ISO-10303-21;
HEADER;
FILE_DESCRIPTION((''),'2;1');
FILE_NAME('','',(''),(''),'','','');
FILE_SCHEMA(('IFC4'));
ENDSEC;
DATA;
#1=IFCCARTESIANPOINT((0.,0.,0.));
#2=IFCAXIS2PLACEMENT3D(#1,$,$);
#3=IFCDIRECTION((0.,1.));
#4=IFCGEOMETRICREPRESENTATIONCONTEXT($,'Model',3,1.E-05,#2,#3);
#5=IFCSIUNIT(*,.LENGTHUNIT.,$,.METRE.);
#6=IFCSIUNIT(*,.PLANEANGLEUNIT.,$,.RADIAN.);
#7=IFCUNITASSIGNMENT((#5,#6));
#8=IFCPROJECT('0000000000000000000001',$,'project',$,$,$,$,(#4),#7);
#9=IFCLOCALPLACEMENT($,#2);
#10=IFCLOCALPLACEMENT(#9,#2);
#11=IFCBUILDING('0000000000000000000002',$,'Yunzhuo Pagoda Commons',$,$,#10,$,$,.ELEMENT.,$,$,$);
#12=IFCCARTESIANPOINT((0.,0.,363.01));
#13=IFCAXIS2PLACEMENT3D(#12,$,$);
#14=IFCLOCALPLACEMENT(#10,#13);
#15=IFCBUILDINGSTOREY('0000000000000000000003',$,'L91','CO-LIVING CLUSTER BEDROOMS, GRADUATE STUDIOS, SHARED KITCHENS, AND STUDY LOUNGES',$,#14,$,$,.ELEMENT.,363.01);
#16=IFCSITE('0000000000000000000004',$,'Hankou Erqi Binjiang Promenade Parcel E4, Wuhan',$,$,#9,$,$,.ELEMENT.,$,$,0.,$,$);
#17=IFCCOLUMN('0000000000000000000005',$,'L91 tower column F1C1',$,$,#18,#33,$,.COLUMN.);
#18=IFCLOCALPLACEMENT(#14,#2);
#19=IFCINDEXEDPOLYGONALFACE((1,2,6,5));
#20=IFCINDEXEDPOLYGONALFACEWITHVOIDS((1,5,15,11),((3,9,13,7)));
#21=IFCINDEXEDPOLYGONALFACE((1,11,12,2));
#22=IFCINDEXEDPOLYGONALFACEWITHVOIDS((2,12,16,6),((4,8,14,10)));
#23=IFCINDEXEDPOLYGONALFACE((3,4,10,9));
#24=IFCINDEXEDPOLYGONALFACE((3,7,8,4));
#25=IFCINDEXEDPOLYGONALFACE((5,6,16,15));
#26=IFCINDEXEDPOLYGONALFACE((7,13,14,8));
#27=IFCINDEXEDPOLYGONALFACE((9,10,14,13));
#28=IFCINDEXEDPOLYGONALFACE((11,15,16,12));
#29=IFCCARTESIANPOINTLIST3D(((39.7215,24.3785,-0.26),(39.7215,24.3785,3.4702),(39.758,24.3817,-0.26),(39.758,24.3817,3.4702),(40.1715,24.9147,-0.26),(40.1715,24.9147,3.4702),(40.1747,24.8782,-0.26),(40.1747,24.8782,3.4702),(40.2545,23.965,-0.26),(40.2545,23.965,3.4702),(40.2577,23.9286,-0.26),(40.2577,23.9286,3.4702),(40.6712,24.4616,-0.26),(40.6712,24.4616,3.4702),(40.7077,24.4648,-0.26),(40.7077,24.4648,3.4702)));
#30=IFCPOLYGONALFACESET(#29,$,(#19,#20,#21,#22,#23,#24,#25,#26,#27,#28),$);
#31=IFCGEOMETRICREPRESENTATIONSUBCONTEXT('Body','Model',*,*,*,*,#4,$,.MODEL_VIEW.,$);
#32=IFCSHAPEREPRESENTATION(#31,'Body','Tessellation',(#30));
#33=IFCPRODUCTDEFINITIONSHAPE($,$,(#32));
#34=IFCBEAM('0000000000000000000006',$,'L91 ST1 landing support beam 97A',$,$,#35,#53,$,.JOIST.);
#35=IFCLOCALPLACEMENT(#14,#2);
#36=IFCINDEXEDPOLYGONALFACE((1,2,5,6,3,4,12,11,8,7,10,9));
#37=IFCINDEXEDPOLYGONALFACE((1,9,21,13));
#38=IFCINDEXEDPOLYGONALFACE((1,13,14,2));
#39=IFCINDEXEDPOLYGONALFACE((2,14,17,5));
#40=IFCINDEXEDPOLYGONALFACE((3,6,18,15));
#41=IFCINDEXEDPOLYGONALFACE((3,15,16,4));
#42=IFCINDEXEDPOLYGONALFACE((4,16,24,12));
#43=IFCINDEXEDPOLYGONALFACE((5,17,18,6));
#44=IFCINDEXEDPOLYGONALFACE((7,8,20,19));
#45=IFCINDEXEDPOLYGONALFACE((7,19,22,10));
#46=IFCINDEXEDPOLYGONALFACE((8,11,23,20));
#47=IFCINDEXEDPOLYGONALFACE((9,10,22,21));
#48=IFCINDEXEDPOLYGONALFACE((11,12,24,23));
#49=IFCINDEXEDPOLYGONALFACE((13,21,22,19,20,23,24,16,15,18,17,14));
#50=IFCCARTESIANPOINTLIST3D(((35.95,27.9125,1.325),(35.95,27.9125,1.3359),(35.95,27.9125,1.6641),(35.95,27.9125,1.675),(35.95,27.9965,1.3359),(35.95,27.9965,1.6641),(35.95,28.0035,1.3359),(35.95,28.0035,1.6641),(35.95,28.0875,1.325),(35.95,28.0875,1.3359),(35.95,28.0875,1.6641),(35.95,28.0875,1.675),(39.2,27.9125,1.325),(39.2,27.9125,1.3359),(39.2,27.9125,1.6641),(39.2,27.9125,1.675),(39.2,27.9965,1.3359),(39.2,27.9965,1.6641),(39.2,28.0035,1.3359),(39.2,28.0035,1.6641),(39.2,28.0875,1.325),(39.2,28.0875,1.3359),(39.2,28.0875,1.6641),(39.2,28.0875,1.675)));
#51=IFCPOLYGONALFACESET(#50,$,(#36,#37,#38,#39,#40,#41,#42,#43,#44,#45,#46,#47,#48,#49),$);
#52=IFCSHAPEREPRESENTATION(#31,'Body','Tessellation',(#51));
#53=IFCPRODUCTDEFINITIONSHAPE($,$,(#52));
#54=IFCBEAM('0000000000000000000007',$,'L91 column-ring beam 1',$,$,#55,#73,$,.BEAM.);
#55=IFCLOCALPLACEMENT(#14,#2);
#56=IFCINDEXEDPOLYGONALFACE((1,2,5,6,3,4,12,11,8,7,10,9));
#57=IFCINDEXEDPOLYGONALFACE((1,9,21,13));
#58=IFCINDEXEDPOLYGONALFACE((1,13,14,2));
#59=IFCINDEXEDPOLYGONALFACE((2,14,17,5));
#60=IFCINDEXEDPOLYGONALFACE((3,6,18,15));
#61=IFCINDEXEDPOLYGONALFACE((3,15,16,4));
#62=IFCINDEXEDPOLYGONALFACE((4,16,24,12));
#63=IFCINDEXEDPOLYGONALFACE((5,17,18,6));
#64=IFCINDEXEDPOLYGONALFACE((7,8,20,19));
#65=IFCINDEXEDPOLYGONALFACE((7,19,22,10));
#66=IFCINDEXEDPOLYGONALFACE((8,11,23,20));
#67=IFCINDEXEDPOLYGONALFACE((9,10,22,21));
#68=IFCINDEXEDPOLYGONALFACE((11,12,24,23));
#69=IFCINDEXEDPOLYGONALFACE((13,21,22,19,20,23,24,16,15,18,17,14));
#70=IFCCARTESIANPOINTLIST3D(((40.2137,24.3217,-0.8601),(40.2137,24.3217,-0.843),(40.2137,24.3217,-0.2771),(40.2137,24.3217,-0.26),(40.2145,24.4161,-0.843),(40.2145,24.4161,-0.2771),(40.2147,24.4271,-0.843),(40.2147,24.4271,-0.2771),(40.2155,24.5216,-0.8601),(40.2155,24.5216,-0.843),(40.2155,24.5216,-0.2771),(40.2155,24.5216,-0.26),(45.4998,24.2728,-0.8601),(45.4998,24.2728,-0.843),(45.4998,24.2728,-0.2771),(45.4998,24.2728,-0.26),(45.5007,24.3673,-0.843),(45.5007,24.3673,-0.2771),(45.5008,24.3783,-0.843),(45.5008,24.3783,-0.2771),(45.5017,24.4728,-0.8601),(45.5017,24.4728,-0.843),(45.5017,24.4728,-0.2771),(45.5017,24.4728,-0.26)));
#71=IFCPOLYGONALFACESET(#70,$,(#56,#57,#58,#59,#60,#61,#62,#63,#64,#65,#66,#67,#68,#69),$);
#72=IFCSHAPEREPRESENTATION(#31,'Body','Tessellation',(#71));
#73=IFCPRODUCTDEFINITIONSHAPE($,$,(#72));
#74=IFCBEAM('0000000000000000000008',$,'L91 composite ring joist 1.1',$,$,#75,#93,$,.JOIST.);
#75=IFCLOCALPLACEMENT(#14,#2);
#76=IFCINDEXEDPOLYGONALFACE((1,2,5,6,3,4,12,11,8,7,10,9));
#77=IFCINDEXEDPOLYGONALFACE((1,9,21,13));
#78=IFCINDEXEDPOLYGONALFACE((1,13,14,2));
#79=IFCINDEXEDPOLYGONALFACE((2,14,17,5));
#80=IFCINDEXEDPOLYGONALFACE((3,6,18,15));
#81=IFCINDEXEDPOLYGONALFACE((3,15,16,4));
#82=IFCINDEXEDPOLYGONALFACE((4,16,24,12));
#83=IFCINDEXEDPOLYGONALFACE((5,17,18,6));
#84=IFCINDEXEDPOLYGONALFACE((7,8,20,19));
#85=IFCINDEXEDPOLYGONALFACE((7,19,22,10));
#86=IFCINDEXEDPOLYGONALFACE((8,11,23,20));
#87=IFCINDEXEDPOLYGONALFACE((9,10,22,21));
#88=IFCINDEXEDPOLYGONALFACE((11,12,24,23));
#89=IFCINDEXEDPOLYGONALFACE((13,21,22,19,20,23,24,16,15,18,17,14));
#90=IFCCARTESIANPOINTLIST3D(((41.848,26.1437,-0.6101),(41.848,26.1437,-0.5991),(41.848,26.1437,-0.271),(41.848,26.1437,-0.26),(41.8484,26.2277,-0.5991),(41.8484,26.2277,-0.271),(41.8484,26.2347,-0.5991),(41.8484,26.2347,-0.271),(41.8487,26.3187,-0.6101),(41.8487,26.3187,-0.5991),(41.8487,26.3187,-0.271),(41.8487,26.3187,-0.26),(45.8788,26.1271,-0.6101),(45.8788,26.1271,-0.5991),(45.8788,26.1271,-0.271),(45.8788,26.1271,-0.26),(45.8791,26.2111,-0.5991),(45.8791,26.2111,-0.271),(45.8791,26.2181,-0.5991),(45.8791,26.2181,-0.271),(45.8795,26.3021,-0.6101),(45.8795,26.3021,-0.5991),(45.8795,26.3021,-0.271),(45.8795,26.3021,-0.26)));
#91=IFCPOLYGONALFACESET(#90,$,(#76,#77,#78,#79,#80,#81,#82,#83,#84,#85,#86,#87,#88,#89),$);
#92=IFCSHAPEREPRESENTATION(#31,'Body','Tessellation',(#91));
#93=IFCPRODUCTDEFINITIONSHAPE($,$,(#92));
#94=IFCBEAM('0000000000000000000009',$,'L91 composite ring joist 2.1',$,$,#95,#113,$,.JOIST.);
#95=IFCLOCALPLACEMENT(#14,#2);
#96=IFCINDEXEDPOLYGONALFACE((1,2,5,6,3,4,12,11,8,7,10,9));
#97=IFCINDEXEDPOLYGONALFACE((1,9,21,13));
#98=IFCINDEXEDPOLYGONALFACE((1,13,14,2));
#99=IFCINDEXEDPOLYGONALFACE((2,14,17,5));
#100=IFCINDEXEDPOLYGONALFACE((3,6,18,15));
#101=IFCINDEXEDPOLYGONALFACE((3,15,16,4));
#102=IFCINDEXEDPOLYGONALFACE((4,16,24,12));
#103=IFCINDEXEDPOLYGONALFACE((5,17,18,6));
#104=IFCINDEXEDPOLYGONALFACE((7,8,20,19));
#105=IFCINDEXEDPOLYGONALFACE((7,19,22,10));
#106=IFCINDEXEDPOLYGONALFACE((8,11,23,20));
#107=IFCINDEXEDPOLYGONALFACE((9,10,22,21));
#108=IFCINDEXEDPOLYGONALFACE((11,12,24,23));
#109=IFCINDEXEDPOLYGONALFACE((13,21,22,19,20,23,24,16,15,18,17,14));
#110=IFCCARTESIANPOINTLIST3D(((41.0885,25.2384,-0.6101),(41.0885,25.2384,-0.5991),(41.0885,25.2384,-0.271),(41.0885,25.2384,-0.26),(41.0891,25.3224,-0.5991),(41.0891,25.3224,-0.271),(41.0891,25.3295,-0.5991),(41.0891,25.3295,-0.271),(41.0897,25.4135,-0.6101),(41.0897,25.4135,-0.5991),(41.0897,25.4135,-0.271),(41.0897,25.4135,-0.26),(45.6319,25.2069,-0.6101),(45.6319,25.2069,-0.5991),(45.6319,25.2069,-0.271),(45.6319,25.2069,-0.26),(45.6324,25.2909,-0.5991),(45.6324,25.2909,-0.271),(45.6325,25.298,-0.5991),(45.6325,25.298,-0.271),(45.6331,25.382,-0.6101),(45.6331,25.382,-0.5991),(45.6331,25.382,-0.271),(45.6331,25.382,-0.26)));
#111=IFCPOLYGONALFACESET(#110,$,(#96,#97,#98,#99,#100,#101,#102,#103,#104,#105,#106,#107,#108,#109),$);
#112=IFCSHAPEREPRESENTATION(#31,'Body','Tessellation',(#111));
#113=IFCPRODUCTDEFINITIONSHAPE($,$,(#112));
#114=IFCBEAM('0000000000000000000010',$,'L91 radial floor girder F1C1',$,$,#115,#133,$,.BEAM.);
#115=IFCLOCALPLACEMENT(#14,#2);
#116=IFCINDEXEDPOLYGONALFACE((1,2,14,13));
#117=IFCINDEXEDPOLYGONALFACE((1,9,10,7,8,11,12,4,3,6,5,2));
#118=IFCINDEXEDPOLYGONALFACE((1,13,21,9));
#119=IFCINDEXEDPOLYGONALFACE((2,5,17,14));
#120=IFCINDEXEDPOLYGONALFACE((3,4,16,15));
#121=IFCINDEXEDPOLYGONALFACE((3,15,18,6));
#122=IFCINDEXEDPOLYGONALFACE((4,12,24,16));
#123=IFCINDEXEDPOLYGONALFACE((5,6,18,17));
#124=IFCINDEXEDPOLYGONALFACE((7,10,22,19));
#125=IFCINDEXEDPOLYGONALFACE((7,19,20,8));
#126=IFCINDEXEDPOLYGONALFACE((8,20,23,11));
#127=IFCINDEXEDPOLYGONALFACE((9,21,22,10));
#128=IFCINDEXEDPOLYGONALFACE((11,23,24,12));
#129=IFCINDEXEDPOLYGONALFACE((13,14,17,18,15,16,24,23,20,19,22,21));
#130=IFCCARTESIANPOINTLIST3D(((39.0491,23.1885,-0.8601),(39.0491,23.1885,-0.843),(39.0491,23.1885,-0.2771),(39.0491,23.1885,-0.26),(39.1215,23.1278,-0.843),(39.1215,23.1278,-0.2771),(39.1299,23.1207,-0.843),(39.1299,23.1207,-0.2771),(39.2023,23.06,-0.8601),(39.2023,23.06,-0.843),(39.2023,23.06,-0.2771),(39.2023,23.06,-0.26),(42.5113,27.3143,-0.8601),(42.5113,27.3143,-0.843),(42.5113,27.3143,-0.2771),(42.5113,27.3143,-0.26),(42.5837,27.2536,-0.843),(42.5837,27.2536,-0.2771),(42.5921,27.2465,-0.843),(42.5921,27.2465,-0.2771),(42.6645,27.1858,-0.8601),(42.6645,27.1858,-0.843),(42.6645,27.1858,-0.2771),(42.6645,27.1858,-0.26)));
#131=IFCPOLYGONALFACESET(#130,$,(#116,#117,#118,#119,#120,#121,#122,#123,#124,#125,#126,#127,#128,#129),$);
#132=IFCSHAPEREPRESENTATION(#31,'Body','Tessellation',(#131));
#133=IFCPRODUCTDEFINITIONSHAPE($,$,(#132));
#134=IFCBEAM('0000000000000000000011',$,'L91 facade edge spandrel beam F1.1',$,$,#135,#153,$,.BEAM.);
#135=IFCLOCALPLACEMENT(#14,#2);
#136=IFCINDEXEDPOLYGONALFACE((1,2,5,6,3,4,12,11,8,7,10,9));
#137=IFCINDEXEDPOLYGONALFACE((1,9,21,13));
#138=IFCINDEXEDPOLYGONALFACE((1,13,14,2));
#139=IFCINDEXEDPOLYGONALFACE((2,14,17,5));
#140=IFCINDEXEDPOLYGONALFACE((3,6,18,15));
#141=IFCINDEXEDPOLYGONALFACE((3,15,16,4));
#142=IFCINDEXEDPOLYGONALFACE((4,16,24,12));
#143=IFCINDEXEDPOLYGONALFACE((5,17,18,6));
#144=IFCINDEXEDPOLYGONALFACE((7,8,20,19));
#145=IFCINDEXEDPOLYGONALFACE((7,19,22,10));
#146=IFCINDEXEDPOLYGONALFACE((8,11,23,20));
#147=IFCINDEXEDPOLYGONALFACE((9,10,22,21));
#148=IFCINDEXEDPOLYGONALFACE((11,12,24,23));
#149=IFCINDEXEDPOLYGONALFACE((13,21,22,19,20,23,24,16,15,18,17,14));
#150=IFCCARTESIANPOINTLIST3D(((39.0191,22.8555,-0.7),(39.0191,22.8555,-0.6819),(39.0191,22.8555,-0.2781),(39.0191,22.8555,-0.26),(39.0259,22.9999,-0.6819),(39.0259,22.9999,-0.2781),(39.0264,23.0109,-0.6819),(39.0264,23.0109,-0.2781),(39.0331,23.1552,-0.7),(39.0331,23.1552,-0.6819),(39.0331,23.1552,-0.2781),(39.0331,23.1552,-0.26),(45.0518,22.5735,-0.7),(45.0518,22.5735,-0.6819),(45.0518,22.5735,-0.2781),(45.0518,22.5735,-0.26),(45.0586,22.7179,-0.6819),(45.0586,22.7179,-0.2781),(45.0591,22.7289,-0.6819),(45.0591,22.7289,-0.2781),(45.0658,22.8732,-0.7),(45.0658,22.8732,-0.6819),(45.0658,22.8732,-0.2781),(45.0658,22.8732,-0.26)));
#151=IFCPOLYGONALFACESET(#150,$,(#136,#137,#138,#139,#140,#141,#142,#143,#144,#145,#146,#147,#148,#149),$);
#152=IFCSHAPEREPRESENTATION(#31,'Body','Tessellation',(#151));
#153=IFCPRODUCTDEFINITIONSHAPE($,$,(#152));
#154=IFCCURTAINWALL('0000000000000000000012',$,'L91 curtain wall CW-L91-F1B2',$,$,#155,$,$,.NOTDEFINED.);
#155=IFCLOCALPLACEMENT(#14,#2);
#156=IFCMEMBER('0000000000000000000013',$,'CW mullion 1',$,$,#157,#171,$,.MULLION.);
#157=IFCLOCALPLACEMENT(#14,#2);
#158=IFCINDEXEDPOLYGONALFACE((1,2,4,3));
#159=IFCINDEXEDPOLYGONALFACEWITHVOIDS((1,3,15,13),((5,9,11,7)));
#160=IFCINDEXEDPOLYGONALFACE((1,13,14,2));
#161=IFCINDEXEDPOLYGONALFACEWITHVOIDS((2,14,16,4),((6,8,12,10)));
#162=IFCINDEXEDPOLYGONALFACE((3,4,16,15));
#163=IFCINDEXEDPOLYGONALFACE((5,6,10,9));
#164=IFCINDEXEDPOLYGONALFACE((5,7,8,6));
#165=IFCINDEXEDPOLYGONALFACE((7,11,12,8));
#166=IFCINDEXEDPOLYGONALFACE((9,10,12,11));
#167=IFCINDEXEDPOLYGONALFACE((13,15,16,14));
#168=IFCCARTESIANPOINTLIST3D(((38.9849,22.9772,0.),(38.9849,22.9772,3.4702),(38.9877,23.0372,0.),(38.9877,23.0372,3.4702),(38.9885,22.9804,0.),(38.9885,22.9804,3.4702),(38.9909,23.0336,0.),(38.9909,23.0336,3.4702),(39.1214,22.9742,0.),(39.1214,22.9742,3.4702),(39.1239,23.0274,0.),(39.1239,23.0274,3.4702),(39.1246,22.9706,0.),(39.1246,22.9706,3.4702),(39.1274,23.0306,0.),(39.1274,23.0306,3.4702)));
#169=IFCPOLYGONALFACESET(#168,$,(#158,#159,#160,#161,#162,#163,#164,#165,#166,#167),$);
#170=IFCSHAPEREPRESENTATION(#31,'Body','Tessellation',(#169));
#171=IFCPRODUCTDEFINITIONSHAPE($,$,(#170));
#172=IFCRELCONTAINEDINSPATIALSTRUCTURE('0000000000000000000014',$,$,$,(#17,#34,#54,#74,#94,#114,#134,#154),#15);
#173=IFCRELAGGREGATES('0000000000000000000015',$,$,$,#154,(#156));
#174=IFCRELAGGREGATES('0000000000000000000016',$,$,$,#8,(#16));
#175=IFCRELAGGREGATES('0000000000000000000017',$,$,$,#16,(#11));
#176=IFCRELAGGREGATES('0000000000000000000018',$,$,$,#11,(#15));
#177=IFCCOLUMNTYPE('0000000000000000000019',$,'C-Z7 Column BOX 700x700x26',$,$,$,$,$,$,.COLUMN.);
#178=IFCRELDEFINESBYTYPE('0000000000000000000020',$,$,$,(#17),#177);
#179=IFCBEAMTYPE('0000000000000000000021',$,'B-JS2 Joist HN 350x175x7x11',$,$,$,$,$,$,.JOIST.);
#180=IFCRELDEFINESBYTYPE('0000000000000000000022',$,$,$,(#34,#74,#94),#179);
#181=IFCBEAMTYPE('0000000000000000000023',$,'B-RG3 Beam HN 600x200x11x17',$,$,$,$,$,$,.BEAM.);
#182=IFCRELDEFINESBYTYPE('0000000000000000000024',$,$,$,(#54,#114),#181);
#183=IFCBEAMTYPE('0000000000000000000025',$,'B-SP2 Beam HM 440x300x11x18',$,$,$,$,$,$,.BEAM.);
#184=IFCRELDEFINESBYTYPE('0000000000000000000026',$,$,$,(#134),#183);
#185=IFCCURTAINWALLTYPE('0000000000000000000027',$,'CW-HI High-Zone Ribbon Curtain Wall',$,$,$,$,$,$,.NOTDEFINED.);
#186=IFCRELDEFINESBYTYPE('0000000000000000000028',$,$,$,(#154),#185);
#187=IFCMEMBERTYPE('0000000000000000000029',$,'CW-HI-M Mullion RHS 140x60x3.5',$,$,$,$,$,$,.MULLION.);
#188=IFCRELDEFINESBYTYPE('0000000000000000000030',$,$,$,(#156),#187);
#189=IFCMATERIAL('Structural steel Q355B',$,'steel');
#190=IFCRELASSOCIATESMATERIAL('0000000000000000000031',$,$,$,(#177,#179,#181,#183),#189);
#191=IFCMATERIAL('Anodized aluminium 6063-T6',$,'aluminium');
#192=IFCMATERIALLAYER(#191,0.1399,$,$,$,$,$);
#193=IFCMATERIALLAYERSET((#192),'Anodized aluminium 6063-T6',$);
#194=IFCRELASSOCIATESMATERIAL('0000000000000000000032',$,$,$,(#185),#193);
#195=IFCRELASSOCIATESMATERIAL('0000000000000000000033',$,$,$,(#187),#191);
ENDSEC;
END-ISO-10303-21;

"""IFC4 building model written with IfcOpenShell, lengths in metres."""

from ifc_helpers import new_model, si_unit, direction, frame, origin, origin_2d, place, context, subcontext, project, spatial, hollow_rectangle, i_section, extrude, source, transform, mapped, material, layer, layer_set, material_profile, profile_set, type_object, element, aggregate, save


model = new_model("IFC4")

# Units and contexts
model_context = context("Model", 3, precision=1e-05, world=origin(), true_north=direction((0.0, 1.0)))
body_context = subcontext(model_context, "Body", "Model", "MODEL_VIEW")
ifc_project = project(units=[si_unit("LENGTHUNIT", "METRE"), si_unit("PLANEANGLEUNIT", "RADIAN")], contexts=[model_context])

# Site, building, storey
site_placement = place(None, origin())
site = spatial("IfcSite", under=ifc_project, at=site_placement, Name="Hankou Erqi Binjiang Promenade Parcel E4, Wuhan", CompositionType="ELEMENT", RefElevation=0.0)
building_placement = place(site_placement, origin())
building = spatial("IfcBuilding", under=site, at=building_placement, Name="Yunzhuo Pagoda Commons", CompositionType="ELEMENT")
storey_placement = place(building_placement, frame((0.0, 0.0, 363.01)))
storey = spatial("IfcBuildingStorey", under=building, at=storey_placement, Name="L91", Description="CO-LIVING CLUSTER BEDROOMS, GRADUATE STUDIOS, SHARED KITCHENS, AND STUDY LOUNGES", CompositionType="ELEMENT", Elevation=363.01)

# Column
ifc_material_1 = material(Name="Structural steel Q355B", Category="steel")
ifc_material_profile_1 = material_profile(ifc_material_1, hollow_rectangle(XDim=0.7, YDim=0.7, WallThickness=0.0259, at=origin_2d()), Name="Structural steel Q355B")
ifc_profile_set_1 = profile_set([ifc_material_profile_1], Name="Structural steel Q355B")
column_type = type_object("IfcColumnType", Name="C-Z7 Column BOX 700x700x26", PredefinedType="COLUMN", material=ifc_profile_set_1)
shared_shape_1 = source(origin(), body_context, "Body", "SweptSolid", [
    extrude(hollow_rectangle(XDim=0.7, YDim=0.7, WallThickness=0.0259, at=origin_2d()), origin(), (0.0, 0.0, 1.0), 3.7302),
])
column_placement = place(storey_placement, frame((40.2146, 24.4216, -0.26), z_axis=(0.0, 0.0, 1.0), x_axis=(0.766044, -0.642788, 0.0)))
element("IfcColumn", 1, at=column_placement, inside=storey, type_object=column_type, Name="L91 tower column F1C1", PredefinedType="COLUMN", context=body_context, shape_type="MappedRepresentation", body=[
    mapped(shared_shape_1, transform((0.0, 0.0, 0.0), scale=1.0)),
])

# Beams
ifc_material_profile_2 = material_profile(ifc_material_1, i_section(OverallWidth=0.175, OverallDepth=0.3501, WebThickness=0.0071, FlangeThickness=0.011, at=origin_2d()), Name="Structural steel Q355B")
ifc_profile_set_2 = profile_set([ifc_material_profile_2], Name="Structural steel Q355B")
beam_type_1 = type_object("IfcBeamType", Name="B-JS2 Joist HN 350x175x7x11", PredefinedType="JOIST", material=ifc_profile_set_2)
shared_shape_2 = source(origin(), body_context, "Body", "SweptSolid", [
    extrude(i_section(OverallWidth=0.175, OverallDepth=0.3501, WebThickness=0.0071, FlangeThickness=0.011, at=origin_2d()), origin(), (0.0, 0.0, 1.0), 3.25),
])
beam_1_placement = place(storey_placement, frame((35.95, 28.0, 1.5), z_axis=(1.0, 0.0, 0.0), x_axis=(0.0, 1.0, 0.0)))
element("IfcBeam", 2, at=beam_1_placement, inside=storey, type_object=beam_type_1, Name="L91 ST1 landing support beam 97A", PredefinedType="JOIST", context=body_context, shape_type="MappedRepresentation", body=[
    mapped(shared_shape_2, transform((0.0, 0.0, 0.0), scale=1.0)),
])
ifc_material_profile_3 = material_profile(ifc_material_1, i_section(OverallWidth=0.2, OverallDepth=0.6001, WebThickness=0.011, FlangeThickness=0.0171, at=origin_2d()), Name="Structural steel Q355B")
ifc_profile_set_3 = profile_set([ifc_material_profile_3], Name="Structural steel Q355B")
beam_type_2 = type_object("IfcBeamType", Name="B-RG3 Beam HN 600x200x11x17", PredefinedType="BEAM", material=ifc_profile_set_3)
shared_shape_3 = source(origin(), body_context, "Body", "SweptSolid", [
    extrude(i_section(OverallWidth=0.2, OverallDepth=0.6001, WebThickness=0.011, FlangeThickness=0.0171, at=origin_2d()), origin(), (0.0, 0.0, 1.0), 5.2864),
])
beam_2_placement = place(storey_placement, frame((40.2146, 24.4216, -0.5601), z_axis=(0.999957, -0.009237, 0.0), x_axis=(0.009237, 0.999957, 0.0)))
element("IfcBeam", 3, at=beam_2_placement, inside=storey, type_object=beam_type_2, Name="L91 column-ring beam 1", PredefinedType="BEAM", context=body_context, shape_type="MappedRepresentation", body=[
    mapped(shared_shape_3, transform((0.0, 0.0, 0.0), scale=1.0)),
])
shared_shape_4 = source(origin(), body_context, "Body", "SweptSolid", [
    extrude(i_section(OverallWidth=0.175, OverallDepth=0.3501, WebThickness=0.0071, FlangeThickness=0.011, at=origin_2d()), origin(), (0.0, 0.0, 1.0), 4.0308),
])
beam_3_placement = place(storey_placement, frame((41.8484, 26.2312, -0.4351), z_axis=(0.999992, -0.004119, 0.0), x_axis=(0.004119, 0.999992, 0.0)))
element("IfcBeam", 4, at=beam_3_placement, inside=storey, type_object=beam_type_1, Name="L91 composite ring joist 1.1", PredefinedType="JOIST", context=body_context, shape_type="MappedRepresentation", body=[
    mapped(shared_shape_4, transform((0.0, 0.0, 0.0), scale=1.0)),
])
shared_shape_5 = source(origin(), body_context, "Body", "SweptSolid", [
    extrude(i_section(OverallWidth=0.175, OverallDepth=0.3501, WebThickness=0.0071, FlangeThickness=0.011, at=origin_2d()), origin(), (0.0, 0.0, 1.0), 4.5435),
])
beam_4_placement = place(storey_placement, frame((41.0891, 25.3259, -0.4351), z_axis=(0.999976, -0.006932, 0.0), x_axis=(0.006932, 0.999976, 0.0)))
element("IfcBeam", 5, at=beam_4_placement, inside=storey, type_object=beam_type_1, Name="L91 composite ring joist 2.1", PredefinedType="JOIST", context=body_context, shape_type="MappedRepresentation", body=[
    mapped(shared_shape_5, transform((0.0, 0.0, 0.0), scale=1.0)),
])
shared_shape_6 = source(origin(), body_context, "Body", "SweptSolid", [
    extrude(i_section(OverallWidth=0.2, OverallDepth=0.6001, WebThickness=0.011, FlangeThickness=0.0171, at=origin_2d()), origin(), (0.0, 0.0, 1.0), 5.386),
])
beam_5_placement = place(storey_placement, frame((39.1257, 23.1243, -0.5601), z_axis=(0.642816, 0.766021, 0.0), x_axis=(-0.766021, 0.642816, 0.0)))
element("IfcBeam", 6, at=beam_5_placement, inside=storey, type_object=beam_type_2, Name="L91 radial floor girder F1C1", PredefinedType="BEAM", context=body_context, shape_type="MappedRepresentation", body=[
    mapped(shared_shape_6, transform((0.0, 0.0, 0.0), scale=1.0)),
])
ifc_material_profile_4 = material_profile(ifc_material_1, i_section(OverallWidth=0.3, OverallDepth=0.4399, WebThickness=0.011, FlangeThickness=0.0181, at=origin_2d()), Name="Structural steel Q355B")
ifc_profile_set_4 = profile_set([ifc_material_profile_4], Name="Structural steel Q355B")
beam_type_3 = type_object("IfcBeamType", Name="B-SP2 Beam HM 440x300x11x18", PredefinedType="BEAM", material=ifc_profile_set_4)
shared_shape_7 = source(origin(), body_context, "Body", "SweptSolid", [
    extrude(i_section(OverallWidth=0.3, OverallDepth=0.4399, WebThickness=0.011, FlangeThickness=0.0181, at=origin_2d()), origin(), (0.0, 0.0, 1.0), 6.0393),
])
beam_6_placement = place(storey_placement, frame((39.0261, 23.0054, -0.48), z_axis=(0.998909, -0.046691, 0.0), x_axis=(0.046691, 0.998909, 0.0)))
element("IfcBeam", 7, at=beam_6_placement, inside=storey, type_object=beam_type_3, Name="L91 facade edge spandrel beam F1.1", PredefinedType="BEAM", context=body_context, shape_type="MappedRepresentation", body=[
    mapped(shared_shape_7, transform((0.0, 0.0, 0.0), scale=1.0)),
])

# Curtain wall, member
ifc_material_2 = material(Name="Anodized aluminium 6063-T6", Category="aluminium")
ifc_layer_1 = layer(ifc_material_2, 0.1399)
ifc_layer_set_1 = layer_set([ifc_layer_1], Name="Anodized aluminium 6063-T6")
curtain_wall_type = type_object("IfcCurtainWallType", Name="CW-HI High-Zone Ribbon Curtain Wall", PredefinedType="NOTDEFINED", material=ifc_layer_set_1)
curtain_wall_1_placement = place(storey_placement, origin())
curtain_wall_1 = element("IfcCurtainWall", 8, at=curtain_wall_1_placement, inside=storey, type_object=curtain_wall_type, Name="L91 curtain wall CW-L91-F1B2", PredefinedType="NOTDEFINED")
ifc_material_profile_5 = material_profile(ifc_material_2, hollow_rectangle(XDim=0.0601, YDim=0.1399, WallThickness=0.0034, at=origin_2d()), Name="Anodized aluminium 6063-T6")
ifc_profile_set_5 = profile_set([ifc_material_profile_5], Name="Anodized aluminium 6063-T6")
member_type_1 = type_object("IfcMemberType", Name="CW-HI-M Mullion RHS 140x60x3.5", PredefinedType="MULLION", material=ifc_profile_set_5)
shared_shape_8 = source(origin(), body_context, "Body", "SweptSolid", [
    extrude(hollow_rectangle(XDim=0.0601, YDim=0.1399, WallThickness=0.0034, at=origin_2d()), origin(), (0.0, 0.0, 1.0), 3.4702),
])
member_1_placement = place(storey_placement, frame((39.0562, 23.0039, 0.0), z_axis=(0.0, 0.0, 1.0), x_axis=(0.046712, 0.998908, 0.0)))
member_1 = element("IfcMember", 9, at=member_1_placement, type_object=member_type_1, Name="CW mullion 1", PredefinedType="MULLION", context=body_context, shape_type="MappedRepresentation", body=[
    mapped(shared_shape_8, transform((0.0, 0.0, 0.0), scale=1.0)),
])

aggregate(curtain_wall_1, [member_1])

save(model, "model.ifc")
